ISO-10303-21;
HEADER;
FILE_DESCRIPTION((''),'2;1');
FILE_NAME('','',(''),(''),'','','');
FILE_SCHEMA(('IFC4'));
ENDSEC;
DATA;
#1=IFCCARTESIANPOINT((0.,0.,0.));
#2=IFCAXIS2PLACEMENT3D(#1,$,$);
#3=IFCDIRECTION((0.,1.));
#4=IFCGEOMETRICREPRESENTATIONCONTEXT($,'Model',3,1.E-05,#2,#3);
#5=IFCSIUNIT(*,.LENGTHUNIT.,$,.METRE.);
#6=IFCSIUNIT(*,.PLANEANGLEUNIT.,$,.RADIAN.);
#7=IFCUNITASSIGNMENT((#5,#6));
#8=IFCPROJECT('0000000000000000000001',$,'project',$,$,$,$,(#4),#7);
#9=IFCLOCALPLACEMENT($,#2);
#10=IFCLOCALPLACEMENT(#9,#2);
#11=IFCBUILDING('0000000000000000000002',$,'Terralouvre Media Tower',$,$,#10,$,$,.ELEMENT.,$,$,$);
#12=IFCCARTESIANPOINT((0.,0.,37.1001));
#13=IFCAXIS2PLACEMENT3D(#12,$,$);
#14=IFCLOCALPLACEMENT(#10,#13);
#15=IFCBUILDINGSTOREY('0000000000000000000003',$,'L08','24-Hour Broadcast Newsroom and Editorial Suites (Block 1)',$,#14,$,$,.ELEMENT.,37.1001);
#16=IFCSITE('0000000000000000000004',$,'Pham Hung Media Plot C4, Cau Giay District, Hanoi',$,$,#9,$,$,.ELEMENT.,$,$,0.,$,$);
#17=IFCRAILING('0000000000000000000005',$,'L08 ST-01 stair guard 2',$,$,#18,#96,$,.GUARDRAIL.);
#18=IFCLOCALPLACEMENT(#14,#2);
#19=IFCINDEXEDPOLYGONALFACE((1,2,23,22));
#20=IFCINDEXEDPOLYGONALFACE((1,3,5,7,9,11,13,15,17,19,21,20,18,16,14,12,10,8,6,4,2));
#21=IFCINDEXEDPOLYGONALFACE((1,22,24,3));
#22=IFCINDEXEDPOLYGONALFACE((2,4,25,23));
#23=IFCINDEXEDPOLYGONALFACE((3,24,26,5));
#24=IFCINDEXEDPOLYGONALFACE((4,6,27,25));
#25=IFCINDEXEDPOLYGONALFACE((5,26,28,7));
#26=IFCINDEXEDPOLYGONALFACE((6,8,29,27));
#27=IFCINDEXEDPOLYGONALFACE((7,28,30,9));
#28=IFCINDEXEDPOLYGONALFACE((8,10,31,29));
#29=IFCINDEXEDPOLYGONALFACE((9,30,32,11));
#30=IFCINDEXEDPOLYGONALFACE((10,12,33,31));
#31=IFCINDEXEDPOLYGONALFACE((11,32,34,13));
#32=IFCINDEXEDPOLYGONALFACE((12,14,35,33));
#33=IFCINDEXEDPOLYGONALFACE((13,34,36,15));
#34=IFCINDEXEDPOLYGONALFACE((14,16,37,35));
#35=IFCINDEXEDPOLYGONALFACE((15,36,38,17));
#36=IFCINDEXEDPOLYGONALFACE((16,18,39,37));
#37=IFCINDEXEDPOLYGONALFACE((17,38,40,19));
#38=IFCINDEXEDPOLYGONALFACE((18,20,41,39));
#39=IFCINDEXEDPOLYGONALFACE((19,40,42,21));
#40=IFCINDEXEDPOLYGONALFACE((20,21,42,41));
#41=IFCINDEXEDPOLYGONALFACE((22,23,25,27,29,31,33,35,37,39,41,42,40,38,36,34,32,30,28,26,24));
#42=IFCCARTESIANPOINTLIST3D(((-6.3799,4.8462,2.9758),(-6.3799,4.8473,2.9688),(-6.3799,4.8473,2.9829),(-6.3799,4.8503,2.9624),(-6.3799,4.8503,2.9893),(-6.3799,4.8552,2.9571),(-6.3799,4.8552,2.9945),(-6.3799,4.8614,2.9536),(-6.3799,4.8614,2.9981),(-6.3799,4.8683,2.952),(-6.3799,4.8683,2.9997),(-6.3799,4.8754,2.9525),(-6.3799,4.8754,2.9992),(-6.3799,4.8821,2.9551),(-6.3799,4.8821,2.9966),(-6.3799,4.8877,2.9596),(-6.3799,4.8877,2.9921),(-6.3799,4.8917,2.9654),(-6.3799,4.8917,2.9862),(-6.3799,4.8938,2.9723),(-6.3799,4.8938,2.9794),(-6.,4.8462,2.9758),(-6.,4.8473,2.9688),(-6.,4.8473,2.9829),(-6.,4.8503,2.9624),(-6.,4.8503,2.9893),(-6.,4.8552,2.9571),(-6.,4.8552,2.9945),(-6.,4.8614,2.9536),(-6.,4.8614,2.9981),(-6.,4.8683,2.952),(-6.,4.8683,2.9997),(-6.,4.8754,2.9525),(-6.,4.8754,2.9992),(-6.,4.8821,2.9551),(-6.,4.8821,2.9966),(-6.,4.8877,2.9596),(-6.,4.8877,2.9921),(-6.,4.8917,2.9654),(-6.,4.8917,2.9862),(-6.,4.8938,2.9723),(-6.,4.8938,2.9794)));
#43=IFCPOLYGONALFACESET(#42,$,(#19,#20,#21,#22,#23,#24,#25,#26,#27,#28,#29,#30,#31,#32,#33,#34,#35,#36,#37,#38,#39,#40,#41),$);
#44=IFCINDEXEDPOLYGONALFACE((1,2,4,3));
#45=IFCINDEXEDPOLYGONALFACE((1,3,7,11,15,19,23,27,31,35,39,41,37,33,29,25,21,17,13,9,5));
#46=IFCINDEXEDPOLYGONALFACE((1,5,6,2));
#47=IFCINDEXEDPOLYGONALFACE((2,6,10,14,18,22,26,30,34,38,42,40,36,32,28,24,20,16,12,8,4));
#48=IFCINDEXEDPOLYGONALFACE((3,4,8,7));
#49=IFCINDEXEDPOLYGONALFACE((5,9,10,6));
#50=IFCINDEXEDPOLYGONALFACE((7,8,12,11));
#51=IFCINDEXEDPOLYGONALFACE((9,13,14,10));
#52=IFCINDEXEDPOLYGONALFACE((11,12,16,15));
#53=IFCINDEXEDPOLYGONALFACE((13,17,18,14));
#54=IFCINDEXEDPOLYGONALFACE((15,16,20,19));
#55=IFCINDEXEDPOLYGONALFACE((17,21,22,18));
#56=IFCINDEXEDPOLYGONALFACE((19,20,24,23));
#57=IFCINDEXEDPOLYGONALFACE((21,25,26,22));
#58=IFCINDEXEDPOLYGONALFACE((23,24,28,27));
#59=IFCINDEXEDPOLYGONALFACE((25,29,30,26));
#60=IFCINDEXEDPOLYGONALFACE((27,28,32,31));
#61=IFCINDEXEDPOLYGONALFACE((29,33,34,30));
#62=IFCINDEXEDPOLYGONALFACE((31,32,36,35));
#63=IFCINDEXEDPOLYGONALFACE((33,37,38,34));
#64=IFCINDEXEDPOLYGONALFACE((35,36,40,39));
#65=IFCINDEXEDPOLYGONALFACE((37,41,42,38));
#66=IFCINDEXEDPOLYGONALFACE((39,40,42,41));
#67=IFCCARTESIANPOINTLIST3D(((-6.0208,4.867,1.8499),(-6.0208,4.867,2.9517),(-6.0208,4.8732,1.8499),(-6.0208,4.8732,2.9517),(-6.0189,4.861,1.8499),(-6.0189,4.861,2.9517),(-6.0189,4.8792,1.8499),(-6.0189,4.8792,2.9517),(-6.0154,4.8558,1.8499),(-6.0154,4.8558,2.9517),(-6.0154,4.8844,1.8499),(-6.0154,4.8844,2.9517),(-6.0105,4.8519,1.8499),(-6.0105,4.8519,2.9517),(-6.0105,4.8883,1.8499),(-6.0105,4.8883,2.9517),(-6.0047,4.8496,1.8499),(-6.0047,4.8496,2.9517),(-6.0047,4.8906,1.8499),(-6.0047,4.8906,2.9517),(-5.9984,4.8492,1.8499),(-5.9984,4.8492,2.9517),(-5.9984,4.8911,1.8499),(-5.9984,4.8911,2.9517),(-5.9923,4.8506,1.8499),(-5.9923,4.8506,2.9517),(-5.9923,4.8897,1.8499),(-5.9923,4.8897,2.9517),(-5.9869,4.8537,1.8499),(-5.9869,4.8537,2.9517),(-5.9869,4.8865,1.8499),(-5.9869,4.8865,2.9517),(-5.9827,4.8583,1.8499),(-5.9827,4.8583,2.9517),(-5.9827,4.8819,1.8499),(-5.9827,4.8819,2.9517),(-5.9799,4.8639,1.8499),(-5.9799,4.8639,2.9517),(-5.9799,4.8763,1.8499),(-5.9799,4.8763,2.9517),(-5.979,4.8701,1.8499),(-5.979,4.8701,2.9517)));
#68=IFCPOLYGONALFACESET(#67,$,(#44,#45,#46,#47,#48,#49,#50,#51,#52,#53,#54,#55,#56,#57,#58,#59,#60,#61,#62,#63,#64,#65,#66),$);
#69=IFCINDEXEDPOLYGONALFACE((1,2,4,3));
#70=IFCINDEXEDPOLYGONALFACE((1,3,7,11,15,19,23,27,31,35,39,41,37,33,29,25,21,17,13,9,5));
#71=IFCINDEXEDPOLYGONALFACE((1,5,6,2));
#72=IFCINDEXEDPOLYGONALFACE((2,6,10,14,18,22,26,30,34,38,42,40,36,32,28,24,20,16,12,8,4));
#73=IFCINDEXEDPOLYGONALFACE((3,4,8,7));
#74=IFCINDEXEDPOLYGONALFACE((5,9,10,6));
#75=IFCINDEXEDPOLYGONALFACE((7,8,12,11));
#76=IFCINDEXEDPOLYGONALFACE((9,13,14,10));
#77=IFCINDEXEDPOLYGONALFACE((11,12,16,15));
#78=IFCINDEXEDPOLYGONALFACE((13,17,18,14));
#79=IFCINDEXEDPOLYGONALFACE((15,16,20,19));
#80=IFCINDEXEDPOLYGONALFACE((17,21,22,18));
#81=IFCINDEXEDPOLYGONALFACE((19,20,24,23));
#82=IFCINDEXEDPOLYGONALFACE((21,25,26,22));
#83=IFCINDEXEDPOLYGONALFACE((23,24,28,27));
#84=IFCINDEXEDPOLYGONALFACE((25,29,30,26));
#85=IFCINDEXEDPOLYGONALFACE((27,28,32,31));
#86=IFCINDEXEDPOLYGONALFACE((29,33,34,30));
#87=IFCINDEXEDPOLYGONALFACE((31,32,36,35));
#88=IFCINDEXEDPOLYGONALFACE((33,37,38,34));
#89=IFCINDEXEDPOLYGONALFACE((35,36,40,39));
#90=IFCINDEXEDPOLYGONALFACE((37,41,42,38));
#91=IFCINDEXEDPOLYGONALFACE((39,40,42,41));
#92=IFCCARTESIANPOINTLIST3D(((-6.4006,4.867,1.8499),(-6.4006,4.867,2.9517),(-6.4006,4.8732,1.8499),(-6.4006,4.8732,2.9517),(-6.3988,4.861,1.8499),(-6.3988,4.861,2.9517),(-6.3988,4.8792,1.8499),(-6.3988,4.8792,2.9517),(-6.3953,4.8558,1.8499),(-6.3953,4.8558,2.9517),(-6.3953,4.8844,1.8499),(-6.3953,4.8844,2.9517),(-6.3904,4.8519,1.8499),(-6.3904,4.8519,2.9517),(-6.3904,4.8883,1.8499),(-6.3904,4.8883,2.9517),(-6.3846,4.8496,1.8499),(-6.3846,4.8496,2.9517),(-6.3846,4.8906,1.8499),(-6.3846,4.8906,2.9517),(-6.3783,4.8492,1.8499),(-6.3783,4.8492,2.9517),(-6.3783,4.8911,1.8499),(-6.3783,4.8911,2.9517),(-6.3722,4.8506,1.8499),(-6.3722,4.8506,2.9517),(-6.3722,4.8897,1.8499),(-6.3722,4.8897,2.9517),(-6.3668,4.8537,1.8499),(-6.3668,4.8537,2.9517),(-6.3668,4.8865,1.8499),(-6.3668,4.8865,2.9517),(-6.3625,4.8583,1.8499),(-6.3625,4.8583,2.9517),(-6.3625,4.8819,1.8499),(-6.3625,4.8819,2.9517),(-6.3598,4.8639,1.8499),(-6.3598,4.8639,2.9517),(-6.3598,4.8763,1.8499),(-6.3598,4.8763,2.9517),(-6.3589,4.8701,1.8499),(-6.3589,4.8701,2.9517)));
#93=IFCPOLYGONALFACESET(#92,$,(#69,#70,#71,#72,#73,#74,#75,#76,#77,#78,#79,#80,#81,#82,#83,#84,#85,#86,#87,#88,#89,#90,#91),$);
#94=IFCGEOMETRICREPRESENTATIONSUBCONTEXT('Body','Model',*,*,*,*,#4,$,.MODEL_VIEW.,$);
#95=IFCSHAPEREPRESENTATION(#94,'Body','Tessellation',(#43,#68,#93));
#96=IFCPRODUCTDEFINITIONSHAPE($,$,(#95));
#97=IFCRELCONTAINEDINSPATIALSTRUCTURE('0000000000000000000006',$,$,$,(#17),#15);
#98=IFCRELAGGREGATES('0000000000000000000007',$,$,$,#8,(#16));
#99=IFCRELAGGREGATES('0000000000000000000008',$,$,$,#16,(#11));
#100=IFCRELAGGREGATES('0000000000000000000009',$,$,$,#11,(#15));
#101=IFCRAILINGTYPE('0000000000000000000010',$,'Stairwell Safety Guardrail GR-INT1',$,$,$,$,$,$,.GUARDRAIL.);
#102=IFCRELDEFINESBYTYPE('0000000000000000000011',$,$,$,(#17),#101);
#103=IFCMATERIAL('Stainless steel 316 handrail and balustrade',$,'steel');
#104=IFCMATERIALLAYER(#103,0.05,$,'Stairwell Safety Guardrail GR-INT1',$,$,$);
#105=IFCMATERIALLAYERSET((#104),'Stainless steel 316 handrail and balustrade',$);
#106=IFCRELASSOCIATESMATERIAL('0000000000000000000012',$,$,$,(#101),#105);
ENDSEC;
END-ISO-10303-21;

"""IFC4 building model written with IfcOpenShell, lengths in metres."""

from ifc_helpers import new_model, si_unit, direction, frame, origin, origin_2d, place, context, subcontext, project, spatial, circle, extrude, material, layer, layer_set, type_object, element, save


model = new_model("IFC4")

# Units and contexts
model_context = context("Model", 3, precision=1e-05, world=origin(), true_north=direction((0.0, 1.0)))
body_context = subcontext(model_context, "Body", "Model", "MODEL_VIEW")
ifc_project = project(units=[si_unit("LENGTHUNIT", "METRE"), si_unit("PLANEANGLEUNIT", "RADIAN")], contexts=[model_context])

# Site, building, storey
site_placement = place(None, origin())
site = spatial("IfcSite", under=ifc_project, at=site_placement, Name="Pham Hung Media Plot C4, Cau Giay District, Hanoi", CompositionType="ELEMENT", RefElevation=0.0)
building_placement = place(site_placement, origin())
building = spatial("IfcBuilding", under=site, at=building_placement, Name="Terralouvre Media Tower", CompositionType="ELEMENT")
storey_placement = place(building_placement, frame((0.0, 0.0, 37.1001)))
storey = spatial("IfcBuildingStorey", under=building, at=storey_placement, Name="L08", Description="24-Hour Broadcast Newsroom and Editorial Suites (Block 1)", CompositionType="ELEMENT", Elevation=37.1001)

# Railing
ifc_material_1 = material(Name="Stainless steel 316 handrail and balustrade", Category="steel")
ifc_layer_1 = layer(ifc_material_1, 0.05, Name="Stairwell Safety Guardrail GR-INT1")
ifc_layer_set_1 = layer_set([ifc_layer_1], Name="Stainless steel 316 handrail and balustrade")
railing_type_1 = type_object("IfcRailingType", Name="Stairwell Safety Guardrail GR-INT1", PredefinedType="GUARDRAIL", material=ifc_layer_set_1)
railing_1_placement = place(storey_placement, frame((-6.0, 4.8701, 1.8499)))
element("IfcRailing", 1, at=railing_1_placement, inside=storey, type_object=railing_type_1, Name="L08 ST-01 stair guard 2", PredefinedType="GUARDRAIL", context=body_context, shape_type="SweptSolid", body=[
    extrude(circle(Radius=0.0239, at=origin_2d()), frame((0.0, 0.0, 1.126), z_axis=(-1.0, 0.0, 0.0), x_axis=(0.0, -1.0, 0.0)), (0.0, 0.0, 1.0), 0.3799),
    extrude(circle(Radius=0.021, at=origin_2d()), origin(), (0.0, 0.0, 1.0), 1.1018),
    extrude(circle(Radius=0.021, at=origin_2d()), frame((-0.3799, 0.0, 0.0)), (0.0, 0.0, 1.0), 1.1018),
])

save(model, "model.ifc")
